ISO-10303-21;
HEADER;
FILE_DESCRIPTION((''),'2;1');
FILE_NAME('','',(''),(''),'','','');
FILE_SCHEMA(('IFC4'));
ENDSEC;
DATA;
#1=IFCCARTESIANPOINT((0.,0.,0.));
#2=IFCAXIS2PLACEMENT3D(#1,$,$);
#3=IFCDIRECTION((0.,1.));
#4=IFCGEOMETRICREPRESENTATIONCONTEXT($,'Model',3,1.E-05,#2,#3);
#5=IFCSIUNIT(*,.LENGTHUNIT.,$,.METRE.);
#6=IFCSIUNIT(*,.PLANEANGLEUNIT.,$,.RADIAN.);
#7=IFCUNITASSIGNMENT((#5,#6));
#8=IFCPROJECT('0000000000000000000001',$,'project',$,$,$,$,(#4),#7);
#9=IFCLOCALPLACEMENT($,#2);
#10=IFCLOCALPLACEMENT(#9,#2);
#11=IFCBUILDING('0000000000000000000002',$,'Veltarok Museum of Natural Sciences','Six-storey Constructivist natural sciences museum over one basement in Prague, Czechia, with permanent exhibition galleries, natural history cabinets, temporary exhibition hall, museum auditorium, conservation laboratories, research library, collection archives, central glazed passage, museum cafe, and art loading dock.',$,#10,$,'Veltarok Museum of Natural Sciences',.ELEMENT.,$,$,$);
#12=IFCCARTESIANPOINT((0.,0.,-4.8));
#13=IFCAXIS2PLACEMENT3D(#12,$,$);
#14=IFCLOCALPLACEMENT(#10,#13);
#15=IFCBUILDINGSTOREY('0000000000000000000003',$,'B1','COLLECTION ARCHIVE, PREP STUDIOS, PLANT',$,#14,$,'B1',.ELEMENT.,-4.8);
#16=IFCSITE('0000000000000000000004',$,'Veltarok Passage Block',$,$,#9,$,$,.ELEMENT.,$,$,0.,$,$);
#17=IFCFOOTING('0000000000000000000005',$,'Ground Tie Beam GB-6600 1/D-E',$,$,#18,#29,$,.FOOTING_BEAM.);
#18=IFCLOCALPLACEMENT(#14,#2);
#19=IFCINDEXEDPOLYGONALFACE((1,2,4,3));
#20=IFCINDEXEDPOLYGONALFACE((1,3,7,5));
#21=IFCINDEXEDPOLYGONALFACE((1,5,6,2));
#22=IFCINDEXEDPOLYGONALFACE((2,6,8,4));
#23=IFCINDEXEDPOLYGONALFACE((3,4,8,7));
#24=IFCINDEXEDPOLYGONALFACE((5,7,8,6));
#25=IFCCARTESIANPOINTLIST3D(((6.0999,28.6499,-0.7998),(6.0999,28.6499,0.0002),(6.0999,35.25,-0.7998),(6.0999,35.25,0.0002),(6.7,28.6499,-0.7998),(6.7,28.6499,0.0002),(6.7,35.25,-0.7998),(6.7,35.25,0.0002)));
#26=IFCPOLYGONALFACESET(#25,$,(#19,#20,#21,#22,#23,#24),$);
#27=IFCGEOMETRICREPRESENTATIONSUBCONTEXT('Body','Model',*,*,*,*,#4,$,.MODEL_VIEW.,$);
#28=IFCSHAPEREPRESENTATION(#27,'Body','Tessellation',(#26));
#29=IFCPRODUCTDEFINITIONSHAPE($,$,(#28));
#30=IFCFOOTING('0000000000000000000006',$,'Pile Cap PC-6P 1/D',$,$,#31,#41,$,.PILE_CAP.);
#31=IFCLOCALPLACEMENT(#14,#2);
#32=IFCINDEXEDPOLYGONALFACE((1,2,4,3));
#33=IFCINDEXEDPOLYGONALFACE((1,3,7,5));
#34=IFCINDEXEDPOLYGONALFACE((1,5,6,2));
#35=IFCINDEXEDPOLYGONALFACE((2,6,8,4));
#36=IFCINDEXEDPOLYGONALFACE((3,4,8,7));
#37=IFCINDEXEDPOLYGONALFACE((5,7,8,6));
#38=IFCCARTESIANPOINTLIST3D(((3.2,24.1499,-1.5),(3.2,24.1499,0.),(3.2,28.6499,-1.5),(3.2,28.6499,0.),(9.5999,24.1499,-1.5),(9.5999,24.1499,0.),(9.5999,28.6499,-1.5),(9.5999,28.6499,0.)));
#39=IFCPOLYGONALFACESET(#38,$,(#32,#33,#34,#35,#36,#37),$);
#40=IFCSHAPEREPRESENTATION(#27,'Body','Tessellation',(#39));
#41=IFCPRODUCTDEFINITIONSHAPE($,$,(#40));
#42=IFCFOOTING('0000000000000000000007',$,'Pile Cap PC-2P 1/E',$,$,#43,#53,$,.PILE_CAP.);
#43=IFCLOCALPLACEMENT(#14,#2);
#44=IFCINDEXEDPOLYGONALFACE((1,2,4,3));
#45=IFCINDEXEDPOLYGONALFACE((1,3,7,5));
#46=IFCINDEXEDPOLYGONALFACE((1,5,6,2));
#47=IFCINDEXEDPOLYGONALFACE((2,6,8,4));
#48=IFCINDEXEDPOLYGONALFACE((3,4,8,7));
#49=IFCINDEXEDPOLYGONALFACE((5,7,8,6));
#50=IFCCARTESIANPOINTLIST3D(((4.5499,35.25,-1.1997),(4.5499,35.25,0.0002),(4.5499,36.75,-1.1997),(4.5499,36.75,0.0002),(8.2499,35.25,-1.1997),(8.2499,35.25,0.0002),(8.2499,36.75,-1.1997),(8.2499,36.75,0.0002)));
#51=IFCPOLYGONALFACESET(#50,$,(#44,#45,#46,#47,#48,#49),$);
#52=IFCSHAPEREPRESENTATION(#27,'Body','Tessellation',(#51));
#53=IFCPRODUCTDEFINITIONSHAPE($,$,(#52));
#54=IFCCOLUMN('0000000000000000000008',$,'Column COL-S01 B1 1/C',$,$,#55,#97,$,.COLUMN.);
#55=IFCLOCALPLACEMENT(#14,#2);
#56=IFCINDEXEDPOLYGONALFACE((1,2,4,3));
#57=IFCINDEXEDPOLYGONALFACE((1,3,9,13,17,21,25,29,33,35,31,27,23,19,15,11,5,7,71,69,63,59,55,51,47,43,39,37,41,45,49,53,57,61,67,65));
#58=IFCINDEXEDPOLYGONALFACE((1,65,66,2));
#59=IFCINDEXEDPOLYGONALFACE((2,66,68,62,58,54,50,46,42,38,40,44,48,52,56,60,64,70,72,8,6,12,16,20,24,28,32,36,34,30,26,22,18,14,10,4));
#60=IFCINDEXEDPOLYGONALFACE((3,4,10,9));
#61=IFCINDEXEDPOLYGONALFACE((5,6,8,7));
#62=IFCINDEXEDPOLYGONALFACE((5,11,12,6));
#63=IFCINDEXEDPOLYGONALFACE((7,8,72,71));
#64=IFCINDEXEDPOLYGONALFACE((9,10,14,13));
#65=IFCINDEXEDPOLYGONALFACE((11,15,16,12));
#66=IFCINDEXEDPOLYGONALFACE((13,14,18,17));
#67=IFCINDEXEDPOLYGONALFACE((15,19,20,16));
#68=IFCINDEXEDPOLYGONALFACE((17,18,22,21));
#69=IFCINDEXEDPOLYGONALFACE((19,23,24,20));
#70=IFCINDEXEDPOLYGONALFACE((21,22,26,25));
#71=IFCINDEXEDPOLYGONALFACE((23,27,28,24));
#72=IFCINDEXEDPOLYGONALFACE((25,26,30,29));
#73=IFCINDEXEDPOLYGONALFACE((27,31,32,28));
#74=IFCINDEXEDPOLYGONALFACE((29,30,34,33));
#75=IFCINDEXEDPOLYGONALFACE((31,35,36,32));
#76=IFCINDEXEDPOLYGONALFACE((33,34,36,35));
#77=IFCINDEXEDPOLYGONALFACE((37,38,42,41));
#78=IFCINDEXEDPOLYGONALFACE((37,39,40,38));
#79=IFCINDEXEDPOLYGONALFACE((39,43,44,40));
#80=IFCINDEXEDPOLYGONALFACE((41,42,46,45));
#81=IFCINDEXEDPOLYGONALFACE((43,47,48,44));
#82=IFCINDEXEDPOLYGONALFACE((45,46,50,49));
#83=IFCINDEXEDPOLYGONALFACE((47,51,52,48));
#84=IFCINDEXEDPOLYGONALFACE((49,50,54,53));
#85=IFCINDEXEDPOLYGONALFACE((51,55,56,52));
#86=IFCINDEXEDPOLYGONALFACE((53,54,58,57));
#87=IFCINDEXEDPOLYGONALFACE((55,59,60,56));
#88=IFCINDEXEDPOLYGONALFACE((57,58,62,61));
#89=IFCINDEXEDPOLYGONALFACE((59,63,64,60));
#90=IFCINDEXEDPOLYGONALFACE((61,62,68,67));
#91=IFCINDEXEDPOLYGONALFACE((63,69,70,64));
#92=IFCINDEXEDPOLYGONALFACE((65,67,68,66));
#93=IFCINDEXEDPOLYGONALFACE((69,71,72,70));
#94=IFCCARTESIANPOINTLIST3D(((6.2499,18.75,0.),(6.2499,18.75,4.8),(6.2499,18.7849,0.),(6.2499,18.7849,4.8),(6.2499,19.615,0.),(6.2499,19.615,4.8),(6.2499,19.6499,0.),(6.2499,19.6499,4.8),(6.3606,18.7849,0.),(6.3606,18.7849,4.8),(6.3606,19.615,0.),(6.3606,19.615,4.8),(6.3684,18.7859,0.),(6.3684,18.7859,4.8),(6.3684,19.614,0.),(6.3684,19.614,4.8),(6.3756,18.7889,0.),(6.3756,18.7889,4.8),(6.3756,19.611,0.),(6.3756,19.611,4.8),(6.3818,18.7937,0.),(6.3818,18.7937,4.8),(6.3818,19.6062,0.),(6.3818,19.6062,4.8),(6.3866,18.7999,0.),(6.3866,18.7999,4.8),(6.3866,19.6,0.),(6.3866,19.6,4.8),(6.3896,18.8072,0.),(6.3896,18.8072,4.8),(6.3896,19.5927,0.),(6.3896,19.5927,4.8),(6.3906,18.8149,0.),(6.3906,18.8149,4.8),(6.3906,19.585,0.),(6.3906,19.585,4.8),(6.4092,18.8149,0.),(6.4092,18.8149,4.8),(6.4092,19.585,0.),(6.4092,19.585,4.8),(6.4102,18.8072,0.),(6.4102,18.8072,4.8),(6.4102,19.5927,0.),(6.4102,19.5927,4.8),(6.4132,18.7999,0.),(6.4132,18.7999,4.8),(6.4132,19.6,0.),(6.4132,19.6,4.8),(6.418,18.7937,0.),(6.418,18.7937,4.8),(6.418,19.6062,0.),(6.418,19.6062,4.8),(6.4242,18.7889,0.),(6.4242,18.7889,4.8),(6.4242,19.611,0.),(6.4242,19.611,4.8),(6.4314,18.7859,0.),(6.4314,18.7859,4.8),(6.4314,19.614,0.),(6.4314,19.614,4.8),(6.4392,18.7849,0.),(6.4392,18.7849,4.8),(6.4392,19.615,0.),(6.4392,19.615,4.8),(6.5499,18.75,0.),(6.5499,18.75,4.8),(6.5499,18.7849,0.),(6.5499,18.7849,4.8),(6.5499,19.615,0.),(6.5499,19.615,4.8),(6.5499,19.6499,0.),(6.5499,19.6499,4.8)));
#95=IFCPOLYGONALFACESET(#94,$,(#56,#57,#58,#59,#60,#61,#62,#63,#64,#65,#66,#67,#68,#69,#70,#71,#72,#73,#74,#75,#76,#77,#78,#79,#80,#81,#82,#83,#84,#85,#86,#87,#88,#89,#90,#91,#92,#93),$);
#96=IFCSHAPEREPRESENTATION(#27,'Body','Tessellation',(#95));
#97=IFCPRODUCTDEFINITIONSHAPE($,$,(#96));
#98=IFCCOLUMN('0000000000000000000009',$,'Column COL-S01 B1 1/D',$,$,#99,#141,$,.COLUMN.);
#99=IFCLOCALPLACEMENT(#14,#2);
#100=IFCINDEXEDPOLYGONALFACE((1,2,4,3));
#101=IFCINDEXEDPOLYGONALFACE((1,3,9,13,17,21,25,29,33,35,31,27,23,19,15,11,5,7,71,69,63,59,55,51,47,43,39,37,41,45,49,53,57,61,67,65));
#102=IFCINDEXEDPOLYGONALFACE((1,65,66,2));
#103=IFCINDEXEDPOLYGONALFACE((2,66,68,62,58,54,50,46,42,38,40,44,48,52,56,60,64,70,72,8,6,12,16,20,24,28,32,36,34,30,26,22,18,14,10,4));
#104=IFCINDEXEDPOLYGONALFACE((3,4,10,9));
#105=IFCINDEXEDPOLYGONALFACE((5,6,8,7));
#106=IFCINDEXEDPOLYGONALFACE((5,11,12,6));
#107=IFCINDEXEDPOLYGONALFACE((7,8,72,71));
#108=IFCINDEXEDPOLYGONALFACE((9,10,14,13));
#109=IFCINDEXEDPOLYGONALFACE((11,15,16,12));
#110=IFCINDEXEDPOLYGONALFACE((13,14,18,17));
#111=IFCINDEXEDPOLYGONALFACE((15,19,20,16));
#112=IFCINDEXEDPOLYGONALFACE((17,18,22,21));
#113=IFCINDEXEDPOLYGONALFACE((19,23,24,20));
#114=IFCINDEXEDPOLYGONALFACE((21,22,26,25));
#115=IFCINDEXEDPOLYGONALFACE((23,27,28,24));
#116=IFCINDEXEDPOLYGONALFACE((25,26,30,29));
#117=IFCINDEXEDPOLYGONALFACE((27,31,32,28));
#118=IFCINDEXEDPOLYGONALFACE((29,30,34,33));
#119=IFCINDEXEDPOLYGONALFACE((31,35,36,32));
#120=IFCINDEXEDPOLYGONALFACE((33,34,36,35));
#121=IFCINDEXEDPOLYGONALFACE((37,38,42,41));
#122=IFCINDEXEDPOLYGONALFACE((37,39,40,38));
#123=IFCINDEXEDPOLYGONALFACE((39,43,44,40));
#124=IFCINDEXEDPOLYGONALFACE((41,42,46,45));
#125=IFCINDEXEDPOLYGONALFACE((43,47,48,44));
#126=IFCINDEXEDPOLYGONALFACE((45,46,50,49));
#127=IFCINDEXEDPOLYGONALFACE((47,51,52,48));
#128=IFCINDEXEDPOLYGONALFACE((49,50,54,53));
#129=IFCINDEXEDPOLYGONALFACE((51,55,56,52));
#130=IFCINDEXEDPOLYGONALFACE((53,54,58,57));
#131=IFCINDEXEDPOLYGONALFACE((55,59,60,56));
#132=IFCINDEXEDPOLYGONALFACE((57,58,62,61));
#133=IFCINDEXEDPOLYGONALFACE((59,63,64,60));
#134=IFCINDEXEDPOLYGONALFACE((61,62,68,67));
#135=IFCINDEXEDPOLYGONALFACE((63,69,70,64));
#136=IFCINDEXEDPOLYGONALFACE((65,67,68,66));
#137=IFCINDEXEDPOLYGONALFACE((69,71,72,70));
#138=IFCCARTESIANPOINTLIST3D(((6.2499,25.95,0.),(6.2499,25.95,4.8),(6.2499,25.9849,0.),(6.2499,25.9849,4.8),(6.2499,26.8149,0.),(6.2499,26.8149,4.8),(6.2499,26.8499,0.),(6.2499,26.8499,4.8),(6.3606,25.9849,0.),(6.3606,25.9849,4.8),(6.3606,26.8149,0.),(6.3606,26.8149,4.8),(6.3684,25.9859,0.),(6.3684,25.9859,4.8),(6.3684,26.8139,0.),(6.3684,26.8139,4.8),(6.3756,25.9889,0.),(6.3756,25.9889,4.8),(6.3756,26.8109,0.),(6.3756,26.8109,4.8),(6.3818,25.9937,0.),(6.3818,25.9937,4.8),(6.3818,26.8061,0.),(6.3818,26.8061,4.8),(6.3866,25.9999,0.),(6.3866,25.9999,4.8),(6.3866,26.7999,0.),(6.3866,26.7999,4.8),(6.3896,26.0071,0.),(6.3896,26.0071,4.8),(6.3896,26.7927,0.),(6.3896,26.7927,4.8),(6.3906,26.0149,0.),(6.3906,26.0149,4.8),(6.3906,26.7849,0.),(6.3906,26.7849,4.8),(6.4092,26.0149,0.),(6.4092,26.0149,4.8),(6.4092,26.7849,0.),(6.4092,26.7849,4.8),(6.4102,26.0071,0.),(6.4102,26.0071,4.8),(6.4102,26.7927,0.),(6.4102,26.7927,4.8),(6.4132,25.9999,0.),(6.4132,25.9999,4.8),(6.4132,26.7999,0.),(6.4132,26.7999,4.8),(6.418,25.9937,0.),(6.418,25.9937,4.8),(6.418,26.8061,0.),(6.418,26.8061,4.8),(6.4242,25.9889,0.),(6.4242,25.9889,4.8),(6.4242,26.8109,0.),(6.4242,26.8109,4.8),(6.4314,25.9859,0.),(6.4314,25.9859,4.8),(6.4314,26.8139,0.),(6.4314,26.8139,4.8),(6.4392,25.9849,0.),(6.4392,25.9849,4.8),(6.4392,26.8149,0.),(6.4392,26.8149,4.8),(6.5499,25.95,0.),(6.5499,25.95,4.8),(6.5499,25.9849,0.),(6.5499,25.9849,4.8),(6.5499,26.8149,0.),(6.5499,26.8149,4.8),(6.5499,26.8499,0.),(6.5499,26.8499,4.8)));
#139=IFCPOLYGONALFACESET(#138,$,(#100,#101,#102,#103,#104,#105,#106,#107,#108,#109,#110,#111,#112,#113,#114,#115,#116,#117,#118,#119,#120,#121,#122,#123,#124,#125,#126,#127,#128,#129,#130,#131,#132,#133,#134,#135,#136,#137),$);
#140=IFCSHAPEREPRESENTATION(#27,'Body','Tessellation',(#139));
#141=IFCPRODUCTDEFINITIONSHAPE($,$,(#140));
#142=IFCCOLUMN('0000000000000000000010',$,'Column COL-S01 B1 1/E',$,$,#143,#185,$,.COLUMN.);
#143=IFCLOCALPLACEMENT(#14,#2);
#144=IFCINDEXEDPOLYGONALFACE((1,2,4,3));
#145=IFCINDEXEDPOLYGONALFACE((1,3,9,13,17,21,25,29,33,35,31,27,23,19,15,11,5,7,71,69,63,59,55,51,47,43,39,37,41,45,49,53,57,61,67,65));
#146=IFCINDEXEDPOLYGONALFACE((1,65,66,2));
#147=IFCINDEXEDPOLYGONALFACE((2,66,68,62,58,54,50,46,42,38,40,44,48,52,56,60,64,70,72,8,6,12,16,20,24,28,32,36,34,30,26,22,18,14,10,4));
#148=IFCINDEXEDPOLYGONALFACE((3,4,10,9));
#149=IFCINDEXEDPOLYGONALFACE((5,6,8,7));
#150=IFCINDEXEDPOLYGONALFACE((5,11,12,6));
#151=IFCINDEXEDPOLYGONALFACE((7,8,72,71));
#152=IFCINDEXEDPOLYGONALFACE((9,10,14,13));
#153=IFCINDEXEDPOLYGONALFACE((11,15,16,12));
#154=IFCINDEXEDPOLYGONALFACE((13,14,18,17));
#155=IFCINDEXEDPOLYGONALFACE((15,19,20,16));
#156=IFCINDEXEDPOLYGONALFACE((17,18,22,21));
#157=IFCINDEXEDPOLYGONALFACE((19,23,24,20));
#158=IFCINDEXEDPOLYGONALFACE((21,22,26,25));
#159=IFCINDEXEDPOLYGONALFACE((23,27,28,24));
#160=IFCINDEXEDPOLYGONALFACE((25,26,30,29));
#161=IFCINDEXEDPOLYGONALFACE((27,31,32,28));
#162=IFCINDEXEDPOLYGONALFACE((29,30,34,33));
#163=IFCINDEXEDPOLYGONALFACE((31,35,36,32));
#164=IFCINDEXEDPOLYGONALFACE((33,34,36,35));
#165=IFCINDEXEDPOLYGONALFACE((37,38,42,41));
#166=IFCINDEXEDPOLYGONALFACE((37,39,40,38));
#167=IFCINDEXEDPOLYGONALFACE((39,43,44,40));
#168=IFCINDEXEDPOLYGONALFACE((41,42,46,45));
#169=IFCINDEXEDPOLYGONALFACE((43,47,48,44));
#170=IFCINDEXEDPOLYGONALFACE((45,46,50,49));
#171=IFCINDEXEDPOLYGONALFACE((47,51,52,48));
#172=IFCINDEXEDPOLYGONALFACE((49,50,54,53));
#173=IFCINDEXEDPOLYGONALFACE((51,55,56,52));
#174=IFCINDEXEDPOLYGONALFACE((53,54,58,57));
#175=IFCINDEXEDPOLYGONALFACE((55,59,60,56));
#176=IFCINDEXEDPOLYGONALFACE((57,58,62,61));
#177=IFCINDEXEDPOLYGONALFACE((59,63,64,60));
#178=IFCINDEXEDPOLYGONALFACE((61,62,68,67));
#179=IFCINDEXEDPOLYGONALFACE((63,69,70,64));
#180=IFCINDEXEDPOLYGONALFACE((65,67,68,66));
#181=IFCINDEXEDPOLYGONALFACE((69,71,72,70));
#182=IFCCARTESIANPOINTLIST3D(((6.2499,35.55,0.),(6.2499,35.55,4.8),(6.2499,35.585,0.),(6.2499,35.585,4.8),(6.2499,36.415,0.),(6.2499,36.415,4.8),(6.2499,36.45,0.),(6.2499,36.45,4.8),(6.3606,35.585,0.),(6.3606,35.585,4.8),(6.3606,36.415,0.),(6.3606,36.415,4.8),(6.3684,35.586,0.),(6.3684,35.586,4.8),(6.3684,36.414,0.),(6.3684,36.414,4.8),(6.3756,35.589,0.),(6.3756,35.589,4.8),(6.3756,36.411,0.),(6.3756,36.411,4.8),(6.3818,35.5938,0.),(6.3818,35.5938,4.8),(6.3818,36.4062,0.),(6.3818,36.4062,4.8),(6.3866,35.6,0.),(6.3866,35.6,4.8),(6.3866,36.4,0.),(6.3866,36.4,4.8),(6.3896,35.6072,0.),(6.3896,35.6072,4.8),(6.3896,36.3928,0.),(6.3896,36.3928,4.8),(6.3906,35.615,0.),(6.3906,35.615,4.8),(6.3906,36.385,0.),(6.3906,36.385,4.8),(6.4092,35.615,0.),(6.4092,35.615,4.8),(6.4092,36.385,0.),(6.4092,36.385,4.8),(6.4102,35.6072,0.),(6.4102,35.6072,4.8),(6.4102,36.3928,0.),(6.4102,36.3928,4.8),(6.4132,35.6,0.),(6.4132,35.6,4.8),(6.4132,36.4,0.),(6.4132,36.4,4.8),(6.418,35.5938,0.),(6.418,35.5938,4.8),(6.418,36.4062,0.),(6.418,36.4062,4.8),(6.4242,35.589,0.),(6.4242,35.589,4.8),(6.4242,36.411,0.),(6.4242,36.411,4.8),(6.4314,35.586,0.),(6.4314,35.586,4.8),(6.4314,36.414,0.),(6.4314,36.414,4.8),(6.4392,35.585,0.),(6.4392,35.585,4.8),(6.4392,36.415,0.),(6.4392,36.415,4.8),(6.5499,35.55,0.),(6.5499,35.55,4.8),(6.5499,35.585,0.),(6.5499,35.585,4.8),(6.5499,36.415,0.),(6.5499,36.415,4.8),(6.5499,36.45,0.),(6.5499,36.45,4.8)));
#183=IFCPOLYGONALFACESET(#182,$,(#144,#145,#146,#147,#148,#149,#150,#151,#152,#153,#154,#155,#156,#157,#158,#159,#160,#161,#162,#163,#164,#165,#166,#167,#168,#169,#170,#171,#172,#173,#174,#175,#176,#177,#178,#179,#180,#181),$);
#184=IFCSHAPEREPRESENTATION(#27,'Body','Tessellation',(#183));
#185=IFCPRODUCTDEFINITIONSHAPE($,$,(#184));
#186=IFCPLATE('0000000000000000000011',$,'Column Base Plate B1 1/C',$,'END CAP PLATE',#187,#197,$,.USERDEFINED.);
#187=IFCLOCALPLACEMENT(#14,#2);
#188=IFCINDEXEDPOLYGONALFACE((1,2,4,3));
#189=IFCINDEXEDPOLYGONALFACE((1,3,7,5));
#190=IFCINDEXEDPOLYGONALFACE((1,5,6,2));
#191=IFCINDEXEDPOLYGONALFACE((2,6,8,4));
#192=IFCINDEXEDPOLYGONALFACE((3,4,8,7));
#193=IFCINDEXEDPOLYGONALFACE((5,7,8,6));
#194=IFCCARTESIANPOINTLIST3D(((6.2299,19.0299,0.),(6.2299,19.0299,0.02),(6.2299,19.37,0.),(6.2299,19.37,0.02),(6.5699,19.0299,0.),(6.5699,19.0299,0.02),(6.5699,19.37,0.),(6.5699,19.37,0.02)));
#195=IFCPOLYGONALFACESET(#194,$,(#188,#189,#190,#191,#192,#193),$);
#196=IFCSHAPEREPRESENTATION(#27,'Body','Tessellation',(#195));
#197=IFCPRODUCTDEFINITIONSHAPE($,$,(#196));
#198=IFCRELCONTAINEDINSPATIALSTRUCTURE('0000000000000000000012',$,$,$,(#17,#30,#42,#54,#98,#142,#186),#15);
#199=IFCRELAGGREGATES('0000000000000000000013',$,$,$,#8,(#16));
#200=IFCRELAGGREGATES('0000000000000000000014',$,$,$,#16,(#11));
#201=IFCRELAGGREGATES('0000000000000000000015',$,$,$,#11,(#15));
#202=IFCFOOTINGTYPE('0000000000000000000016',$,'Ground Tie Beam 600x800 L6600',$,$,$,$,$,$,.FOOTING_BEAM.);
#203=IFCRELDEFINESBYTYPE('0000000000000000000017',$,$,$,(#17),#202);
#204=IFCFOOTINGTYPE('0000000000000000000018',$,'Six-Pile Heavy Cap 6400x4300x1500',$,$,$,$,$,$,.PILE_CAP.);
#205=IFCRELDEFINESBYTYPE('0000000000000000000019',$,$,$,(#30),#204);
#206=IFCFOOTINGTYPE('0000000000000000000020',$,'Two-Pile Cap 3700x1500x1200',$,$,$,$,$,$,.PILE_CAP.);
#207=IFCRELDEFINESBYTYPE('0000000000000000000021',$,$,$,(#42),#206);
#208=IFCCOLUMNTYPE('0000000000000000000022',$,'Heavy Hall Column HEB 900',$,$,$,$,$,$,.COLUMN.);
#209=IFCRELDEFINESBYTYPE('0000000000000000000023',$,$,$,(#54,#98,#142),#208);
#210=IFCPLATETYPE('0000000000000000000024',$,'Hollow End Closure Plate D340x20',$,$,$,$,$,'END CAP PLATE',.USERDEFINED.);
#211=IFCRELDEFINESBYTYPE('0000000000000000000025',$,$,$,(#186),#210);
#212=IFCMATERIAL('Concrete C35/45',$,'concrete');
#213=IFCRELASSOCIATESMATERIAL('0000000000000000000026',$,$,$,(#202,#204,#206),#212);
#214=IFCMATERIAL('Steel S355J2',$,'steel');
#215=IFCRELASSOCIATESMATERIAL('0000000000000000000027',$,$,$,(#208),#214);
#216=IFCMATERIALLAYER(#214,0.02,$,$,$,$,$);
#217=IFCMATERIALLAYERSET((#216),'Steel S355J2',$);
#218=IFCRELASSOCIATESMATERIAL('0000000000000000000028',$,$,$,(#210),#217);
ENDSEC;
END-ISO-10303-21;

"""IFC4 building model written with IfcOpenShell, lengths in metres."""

from ifc_helpers import new_model, si_unit, direction, frame, origin, origin_2d, place, context, subcontext, project, spatial, rectangle, i_section, extrude, material, layer, layer_set, material_profile, profile_set, type_object, element, save


model = new_model("IFC4")

# Units and contexts
model_context = context("Model", 3, precision=1e-05, world=origin(), true_north=direction((0.0, 1.0)))
body_context = subcontext(model_context, "Body", "Model", "MODEL_VIEW")
ifc_project = project(units=[si_unit("LENGTHUNIT", "METRE"), si_unit("PLANEANGLEUNIT", "RADIAN")], contexts=[model_context])

# Site, building, storey
site_placement = place(None, origin())
site = spatial("IfcSite", under=ifc_project, at=site_placement, Name="Veltarok Passage Block", CompositionType="ELEMENT", RefElevation=0.0)
building_placement = place(site_placement, origin())
building = spatial("IfcBuilding", under=site, at=building_placement, Name="Veltarok Museum of Natural Sciences", Description="Six-storey Constructivist natural sciences museum over one basement in Prague, Czechia, with permanent exhibition galleries, natural history cabinets, temporary exhibition hall, museum auditorium, conservation laboratories, research library, collection archives, central glazed passage, museum cafe, and art loading dock.", LongName="Veltarok Museum of Natural Sciences", CompositionType="ELEMENT")
storey_placement = place(building_placement, frame((0.0, 0.0, -4.8)))
storey = spatial("IfcBuildingStorey", under=building, at=storey_placement, Name="B1", Description="COLLECTION ARCHIVE, PREP STUDIOS, PLANT", LongName="B1", CompositionType="ELEMENT", Elevation=-4.8)

# Shared definitions
ifc_material_1 = material(Name="Concrete C35/45", Category="concrete")

# Footings
footing_type_1 = type_object("IfcFootingType", Name="Ground Tie Beam 600x800 L6600", PredefinedType="FOOTING_BEAM", material=ifc_material_1)
footing_1_placement = place(storey_placement, frame((6.3999, 31.95, -0.7998), z_axis=(0.0, 0.0, 1.0), x_axis=(0.0, 1.0, 0.0)))
element("IfcFooting", 1, at=footing_1_placement, inside=storey, type_object=footing_type_1, Name="Ground Tie Beam GB-6600 1/D-E", PredefinedType="FOOTING_BEAM", context=body_context, shape_type="SweptSolid", body=[
    extrude(rectangle(XDim=6.6001, YDim=0.6001, at=origin_2d()), origin(), (0.0, 0.0, 1.0), 0.8),
])
footing_type_2 = type_object("IfcFootingType", Name="Six-Pile Heavy Cap 6400x4300x1500", PredefinedType="PILE_CAP", material=ifc_material_1)
footing_2_placement = place(storey_placement, frame((6.3999, 26.3999, -1.5), z_axis=(0.0, 0.0, 1.0), x_axis=(1.0, 0.0, 0.0)))
element("IfcFooting", 2, at=footing_2_placement, inside=storey, type_object=footing_type_2, Name="Pile Cap PC-6P 1/D", PredefinedType="PILE_CAP", context=body_context, shape_type="SweptSolid", body=[
    extrude(rectangle(XDim=6.3999, YDim=4.5, at=origin_2d()), origin(), (0.0, 0.0, 1.0), 1.5),
])
footing_type_3 = type_object("IfcFootingType", Name="Two-Pile Cap 3700x1500x1200", PredefinedType="PILE_CAP", material=ifc_material_1)
footing_3_placement = place(storey_placement, frame((6.3999, 36.0, -1.1997), z_axis=(0.0, 0.0, 1.0), x_axis=(1.0, 0.0, 0.0)))
element("IfcFooting", 3, at=footing_3_placement, inside=storey, type_object=footing_type_3, Name="Pile Cap PC-2P 1/E", PredefinedType="PILE_CAP", context=body_context, shape_type="SweptSolid", body=[
    extrude(rectangle(XDim=3.7, YDim=1.5, at=origin_2d()), origin(), (0.0, 0.0, 1.0), 1.2),
])

# Columns
ifc_material_2 = material(Name="Steel S355J2", Category="steel")
ifc_material_profile_1 = material_profile(ifc_material_2, i_section(OverallWidth=0.3, OverallDepth=0.8999, WebThickness=0.0186, FlangeThickness=0.0349, FilletRadius=0.03, at=origin_2d()), Name="HEB 900")
ifc_profile_set_1 = profile_set([ifc_material_profile_1], Name="Steel S355J2")
column_type = type_object("IfcColumnType", Name="Heavy Hall Column HEB 900", PredefinedType="COLUMN", material=ifc_profile_set_1)
for number, where, z_axis, x_axis, name in (
    (4, (6.3999, 19.2, 0.0), (0.0, 0.0, 1.0), (1.0, 0.0, 0.0), "Column COL-S01 B1 1/C"),
    (5, (6.3999, 26.3999, 0.0), (0.0, 0.0, 1.0), (1.0, 0.0, 0.0), "Column COL-S01 B1 1/D"),
    (6, (6.3999, 36.0, 0.0), (0.0, 0.0, 1.0), (1.0, 0.0, 0.0), "Column COL-S01 B1 1/E"),
):
    element("IfcColumn", number, at=place(storey_placement, frame(where, z_axis=z_axis, x_axis=x_axis)), inside=storey, type_object=column_type, Name=name, PredefinedType="COLUMN", context=body_context, shape_type="SweptSolid", body=[
        extrude(i_section(OverallWidth=0.3, OverallDepth=0.8999, WebThickness=0.0186, FlangeThickness=0.0349, FilletRadius=0.03, at=origin_2d()), origin(), (0.0, 0.0, 1.0), 4.8),
    ])

# Plate
ifc_layer = layer(ifc_material_2, 0.02)
ifc_layer_set = layer_set([ifc_layer], Name="Steel S355J2")
plate_type = type_object("IfcPlateType", Name="Hollow End Closure Plate D340x20", ElementType="END CAP PLATE", PredefinedType="USERDEFINED", material=ifc_layer_set)
for number, where, z_axis, x_axis, name in (
    (7, (6.3999, 19.2, 0.0), (0.0, 0.0, 1.0), (1.0, 0.0, 0.0), "Column Base Plate B1 1/C"),
):
    element("IfcPlate", number, at=place(storey_placement, frame(where, z_axis=z_axis, x_axis=x_axis)), inside=storey, type_object=plate_type, Name=name, ObjectType="END CAP PLATE", PredefinedType="USERDEFINED", context=body_context, shape_type="SweptSolid", body=[
        extrude(rectangle(XDim=0.3401, YDim=0.3401, at=origin_2d()), origin(), (0.0, 0.0, 1.0), 0.02),
    ])

save(model, "model.ifc")
